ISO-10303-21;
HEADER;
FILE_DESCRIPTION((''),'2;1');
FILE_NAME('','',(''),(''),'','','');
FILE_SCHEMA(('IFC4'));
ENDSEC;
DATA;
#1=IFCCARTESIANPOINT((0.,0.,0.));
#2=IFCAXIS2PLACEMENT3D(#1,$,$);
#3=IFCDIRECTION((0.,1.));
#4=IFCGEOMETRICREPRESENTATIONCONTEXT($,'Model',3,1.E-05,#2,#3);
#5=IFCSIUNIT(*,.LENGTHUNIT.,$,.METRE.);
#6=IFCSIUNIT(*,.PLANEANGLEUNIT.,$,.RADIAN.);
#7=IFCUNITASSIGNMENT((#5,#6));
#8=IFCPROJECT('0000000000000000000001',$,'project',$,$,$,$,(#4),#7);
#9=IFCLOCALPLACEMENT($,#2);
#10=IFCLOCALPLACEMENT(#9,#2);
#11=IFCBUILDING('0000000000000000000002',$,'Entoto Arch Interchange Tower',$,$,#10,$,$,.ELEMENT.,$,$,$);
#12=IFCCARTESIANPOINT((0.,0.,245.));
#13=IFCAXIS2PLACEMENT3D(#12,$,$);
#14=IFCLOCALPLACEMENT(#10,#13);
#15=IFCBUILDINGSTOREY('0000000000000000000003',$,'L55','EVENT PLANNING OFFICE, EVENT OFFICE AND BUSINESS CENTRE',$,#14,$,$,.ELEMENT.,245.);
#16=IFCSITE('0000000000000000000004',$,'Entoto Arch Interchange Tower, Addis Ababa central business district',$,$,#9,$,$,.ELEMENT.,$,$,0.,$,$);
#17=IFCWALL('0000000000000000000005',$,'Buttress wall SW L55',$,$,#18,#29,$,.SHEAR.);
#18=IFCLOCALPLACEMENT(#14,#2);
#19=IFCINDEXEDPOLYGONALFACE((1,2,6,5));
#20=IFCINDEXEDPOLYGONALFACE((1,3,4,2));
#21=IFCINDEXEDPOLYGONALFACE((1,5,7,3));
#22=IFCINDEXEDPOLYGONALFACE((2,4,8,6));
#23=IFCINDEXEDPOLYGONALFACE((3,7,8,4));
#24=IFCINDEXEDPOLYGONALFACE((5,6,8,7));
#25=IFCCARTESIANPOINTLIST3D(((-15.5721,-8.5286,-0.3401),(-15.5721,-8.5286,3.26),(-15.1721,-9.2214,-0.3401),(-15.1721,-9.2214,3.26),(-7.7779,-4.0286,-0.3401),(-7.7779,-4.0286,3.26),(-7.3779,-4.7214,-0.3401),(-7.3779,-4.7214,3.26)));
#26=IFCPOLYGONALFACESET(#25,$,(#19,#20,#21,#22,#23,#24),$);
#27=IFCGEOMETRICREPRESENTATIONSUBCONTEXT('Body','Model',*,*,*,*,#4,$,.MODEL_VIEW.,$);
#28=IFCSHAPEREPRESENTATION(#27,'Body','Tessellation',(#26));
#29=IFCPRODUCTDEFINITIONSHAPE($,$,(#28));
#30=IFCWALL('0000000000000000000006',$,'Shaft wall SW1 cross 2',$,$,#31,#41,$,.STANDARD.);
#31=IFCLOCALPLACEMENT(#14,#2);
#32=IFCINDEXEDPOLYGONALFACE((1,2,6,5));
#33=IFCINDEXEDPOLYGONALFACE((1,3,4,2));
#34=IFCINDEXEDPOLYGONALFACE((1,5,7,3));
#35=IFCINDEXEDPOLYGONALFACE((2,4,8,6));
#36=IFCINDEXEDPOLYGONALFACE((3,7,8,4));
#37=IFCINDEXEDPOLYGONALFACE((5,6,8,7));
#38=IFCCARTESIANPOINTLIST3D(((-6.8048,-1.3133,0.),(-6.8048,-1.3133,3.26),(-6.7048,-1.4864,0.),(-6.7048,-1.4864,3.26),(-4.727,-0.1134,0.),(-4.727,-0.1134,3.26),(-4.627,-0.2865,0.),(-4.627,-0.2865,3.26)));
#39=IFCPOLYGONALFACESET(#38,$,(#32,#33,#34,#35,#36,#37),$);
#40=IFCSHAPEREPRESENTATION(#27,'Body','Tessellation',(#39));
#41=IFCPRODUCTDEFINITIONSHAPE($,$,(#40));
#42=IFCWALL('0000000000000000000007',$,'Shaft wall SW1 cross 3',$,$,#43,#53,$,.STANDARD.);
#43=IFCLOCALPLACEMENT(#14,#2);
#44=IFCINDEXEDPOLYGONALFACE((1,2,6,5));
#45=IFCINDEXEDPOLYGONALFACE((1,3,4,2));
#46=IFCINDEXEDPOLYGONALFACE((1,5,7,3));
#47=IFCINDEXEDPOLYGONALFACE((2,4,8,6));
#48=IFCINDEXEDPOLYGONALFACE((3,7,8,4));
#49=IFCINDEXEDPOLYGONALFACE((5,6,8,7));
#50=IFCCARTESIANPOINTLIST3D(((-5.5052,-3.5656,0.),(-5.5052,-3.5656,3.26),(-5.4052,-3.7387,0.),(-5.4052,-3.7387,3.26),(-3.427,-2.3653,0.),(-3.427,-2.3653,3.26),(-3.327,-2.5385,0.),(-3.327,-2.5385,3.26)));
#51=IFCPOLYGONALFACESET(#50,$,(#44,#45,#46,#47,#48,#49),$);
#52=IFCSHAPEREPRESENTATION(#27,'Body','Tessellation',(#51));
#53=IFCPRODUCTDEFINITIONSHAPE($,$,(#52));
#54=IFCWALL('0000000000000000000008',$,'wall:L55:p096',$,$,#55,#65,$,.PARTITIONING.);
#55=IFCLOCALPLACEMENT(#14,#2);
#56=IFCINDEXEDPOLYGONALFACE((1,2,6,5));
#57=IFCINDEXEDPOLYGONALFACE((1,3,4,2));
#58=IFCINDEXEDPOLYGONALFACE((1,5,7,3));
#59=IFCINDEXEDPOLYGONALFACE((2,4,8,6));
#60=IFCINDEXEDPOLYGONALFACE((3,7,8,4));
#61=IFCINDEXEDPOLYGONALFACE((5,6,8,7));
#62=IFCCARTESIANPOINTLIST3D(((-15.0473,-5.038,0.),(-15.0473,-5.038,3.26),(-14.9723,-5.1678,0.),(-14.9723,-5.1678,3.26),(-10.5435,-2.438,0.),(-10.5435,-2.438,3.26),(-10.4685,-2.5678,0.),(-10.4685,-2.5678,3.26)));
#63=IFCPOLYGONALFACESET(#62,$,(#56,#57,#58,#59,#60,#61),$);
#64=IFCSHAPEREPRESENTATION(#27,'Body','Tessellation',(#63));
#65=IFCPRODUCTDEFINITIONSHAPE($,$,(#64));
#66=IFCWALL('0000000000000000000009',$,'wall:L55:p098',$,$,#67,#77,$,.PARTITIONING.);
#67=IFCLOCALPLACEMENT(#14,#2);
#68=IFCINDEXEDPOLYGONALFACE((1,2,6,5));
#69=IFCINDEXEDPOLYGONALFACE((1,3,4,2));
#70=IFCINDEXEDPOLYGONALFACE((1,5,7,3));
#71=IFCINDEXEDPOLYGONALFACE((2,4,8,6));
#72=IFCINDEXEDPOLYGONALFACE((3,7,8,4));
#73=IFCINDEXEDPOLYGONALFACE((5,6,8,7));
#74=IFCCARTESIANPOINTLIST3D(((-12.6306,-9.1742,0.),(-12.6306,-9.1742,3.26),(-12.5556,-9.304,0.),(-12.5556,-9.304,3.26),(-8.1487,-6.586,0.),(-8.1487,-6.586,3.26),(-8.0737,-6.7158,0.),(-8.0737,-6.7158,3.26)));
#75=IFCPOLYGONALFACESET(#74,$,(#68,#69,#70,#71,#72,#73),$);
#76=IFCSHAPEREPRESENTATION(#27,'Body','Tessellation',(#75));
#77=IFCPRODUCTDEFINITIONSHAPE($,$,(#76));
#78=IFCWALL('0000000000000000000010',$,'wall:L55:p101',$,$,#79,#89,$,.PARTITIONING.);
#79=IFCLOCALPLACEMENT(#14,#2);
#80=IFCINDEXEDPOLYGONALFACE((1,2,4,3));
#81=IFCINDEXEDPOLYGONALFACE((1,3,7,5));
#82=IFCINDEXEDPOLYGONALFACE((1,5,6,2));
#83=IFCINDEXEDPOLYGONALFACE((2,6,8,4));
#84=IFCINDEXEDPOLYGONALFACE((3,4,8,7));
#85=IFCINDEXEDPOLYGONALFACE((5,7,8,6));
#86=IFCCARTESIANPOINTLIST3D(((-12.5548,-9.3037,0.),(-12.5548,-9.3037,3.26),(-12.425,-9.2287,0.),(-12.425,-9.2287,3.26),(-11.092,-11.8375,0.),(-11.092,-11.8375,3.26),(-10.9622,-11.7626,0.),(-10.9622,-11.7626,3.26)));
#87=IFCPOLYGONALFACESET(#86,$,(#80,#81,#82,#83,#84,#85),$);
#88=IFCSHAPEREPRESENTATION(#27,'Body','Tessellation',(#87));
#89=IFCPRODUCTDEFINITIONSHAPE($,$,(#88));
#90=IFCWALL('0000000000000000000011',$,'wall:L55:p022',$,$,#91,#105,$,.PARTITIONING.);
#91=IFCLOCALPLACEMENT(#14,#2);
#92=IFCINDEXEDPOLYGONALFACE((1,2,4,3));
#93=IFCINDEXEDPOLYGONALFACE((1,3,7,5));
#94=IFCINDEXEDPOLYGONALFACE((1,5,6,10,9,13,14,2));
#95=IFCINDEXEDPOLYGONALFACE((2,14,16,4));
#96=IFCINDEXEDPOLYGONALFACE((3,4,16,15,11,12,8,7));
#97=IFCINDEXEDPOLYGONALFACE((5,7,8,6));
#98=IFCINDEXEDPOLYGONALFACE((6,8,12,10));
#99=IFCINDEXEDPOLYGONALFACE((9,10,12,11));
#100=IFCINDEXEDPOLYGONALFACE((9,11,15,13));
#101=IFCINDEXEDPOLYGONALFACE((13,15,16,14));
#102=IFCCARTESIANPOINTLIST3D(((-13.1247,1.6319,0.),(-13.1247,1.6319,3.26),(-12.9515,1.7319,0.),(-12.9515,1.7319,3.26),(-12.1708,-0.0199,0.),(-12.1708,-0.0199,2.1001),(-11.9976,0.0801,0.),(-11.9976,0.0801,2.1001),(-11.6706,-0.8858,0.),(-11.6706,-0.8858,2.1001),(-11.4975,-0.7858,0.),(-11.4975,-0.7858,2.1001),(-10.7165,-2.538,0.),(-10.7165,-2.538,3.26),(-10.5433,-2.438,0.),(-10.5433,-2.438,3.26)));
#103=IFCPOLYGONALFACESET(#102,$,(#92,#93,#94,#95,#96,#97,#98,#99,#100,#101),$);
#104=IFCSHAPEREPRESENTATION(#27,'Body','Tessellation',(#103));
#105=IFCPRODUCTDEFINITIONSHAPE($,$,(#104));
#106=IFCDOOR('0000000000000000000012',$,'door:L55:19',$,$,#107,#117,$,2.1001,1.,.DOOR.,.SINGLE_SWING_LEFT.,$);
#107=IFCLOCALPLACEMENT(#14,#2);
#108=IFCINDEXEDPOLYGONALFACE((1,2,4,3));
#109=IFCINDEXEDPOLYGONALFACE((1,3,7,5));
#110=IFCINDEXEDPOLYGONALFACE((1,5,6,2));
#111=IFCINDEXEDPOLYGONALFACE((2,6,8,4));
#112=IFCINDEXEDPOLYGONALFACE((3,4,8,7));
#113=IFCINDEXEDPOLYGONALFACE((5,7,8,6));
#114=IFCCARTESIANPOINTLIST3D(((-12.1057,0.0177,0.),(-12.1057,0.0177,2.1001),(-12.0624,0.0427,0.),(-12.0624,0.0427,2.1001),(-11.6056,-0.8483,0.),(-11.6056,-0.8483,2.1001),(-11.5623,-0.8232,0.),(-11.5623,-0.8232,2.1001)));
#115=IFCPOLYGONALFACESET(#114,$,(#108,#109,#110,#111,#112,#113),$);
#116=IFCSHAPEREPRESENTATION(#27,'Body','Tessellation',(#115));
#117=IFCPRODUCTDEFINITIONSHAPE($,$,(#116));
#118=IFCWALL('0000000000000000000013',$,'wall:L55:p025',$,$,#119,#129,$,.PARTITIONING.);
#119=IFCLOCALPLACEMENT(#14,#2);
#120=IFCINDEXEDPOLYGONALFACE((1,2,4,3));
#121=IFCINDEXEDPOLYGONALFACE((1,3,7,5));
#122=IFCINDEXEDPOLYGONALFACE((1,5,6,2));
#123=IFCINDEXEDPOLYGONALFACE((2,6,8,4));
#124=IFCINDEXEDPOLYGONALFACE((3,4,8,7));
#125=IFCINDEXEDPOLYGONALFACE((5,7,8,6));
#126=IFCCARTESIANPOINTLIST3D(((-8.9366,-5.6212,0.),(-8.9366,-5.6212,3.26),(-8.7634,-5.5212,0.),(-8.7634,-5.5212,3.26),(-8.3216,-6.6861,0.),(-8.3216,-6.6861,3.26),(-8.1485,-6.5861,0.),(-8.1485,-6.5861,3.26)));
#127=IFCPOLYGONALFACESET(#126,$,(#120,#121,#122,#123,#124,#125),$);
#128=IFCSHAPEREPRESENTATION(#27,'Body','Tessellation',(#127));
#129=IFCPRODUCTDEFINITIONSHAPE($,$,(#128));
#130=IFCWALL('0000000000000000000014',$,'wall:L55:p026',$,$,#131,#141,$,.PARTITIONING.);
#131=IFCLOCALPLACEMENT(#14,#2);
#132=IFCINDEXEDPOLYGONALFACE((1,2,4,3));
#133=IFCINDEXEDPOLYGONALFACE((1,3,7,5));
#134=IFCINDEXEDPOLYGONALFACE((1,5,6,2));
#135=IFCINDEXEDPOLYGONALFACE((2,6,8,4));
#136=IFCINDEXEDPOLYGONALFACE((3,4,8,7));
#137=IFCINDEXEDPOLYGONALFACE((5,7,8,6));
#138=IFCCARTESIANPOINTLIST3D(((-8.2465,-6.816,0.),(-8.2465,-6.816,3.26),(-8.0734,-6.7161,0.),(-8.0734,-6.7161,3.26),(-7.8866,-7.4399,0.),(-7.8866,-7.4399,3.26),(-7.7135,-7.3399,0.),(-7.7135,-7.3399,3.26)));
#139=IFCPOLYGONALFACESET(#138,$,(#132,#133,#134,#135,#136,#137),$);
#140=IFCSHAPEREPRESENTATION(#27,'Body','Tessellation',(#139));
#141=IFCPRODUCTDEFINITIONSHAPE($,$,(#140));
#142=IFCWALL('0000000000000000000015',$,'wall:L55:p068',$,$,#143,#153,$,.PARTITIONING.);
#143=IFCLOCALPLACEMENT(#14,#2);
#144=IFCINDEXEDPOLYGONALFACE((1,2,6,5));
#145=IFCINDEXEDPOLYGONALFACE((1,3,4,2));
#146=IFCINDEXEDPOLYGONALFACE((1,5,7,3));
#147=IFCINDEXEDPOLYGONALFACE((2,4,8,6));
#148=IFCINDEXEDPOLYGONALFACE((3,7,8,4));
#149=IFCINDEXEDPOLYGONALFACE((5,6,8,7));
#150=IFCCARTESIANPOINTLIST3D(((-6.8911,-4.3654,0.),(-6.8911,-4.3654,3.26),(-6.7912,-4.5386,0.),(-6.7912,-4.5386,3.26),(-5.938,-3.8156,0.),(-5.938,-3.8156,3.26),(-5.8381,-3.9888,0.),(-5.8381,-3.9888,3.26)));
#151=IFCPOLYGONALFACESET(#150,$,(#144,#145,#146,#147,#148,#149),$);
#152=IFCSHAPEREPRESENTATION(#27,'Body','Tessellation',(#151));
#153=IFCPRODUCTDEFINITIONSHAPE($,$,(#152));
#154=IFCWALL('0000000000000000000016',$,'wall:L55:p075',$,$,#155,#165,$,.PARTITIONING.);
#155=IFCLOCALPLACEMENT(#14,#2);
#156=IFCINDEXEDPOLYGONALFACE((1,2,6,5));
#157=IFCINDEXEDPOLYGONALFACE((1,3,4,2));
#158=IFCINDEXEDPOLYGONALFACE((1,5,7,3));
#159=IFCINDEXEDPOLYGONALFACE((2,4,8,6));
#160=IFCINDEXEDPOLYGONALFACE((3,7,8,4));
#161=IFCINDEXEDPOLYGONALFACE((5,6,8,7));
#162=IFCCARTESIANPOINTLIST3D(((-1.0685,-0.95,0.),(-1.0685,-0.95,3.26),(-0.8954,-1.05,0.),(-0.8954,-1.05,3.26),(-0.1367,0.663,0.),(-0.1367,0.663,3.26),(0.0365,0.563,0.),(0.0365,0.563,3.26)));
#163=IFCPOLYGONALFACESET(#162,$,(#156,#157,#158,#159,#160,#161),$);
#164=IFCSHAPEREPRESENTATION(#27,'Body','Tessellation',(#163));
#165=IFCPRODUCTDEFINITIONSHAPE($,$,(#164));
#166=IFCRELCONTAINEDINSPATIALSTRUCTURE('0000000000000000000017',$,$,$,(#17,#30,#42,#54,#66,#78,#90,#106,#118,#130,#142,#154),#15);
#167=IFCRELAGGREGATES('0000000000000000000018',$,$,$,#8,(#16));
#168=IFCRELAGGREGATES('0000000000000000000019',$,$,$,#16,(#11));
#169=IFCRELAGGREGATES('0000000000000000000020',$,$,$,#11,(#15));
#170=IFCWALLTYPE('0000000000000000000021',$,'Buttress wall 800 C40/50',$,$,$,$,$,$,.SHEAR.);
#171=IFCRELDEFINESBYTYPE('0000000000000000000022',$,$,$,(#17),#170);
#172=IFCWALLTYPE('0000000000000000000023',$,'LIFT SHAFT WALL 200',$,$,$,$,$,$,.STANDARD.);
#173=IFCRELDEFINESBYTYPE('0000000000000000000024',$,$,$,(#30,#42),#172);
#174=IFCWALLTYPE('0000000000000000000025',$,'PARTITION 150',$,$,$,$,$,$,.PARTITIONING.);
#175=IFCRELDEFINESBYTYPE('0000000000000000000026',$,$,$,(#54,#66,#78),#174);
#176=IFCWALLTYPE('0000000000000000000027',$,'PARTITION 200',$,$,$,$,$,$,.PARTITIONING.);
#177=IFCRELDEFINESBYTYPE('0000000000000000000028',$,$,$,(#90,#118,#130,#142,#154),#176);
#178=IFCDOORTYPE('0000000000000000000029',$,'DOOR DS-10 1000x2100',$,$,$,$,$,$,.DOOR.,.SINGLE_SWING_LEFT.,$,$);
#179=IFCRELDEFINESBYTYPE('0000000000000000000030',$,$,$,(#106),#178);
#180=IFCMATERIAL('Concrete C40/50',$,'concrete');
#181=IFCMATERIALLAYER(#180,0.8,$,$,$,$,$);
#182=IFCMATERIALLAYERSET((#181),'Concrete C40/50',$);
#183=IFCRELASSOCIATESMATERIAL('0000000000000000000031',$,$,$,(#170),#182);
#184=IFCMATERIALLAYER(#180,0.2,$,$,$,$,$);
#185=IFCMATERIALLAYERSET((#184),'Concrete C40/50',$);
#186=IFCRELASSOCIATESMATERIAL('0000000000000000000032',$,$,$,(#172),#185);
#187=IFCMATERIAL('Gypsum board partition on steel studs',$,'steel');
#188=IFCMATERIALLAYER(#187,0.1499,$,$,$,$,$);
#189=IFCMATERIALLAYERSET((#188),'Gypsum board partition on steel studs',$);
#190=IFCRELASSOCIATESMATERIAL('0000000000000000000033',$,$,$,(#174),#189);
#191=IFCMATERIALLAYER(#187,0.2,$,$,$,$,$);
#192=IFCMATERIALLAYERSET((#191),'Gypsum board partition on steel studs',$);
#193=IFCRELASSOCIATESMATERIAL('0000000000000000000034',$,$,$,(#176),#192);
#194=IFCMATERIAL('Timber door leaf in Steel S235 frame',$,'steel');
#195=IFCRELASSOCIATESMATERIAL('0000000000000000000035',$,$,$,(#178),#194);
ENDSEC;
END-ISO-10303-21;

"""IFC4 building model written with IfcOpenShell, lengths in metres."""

from ifc_helpers import new_model, si_unit, direction, frame, frame_2d, origin, place, context, subcontext, project, spatial, rectangle, extrude, material, layer, layer_set, type_object, element, fill, save


model = new_model("IFC4")

# Units and contexts
model_context = context("Model", 3, precision=1e-05, world=origin(), true_north=direction((0.0, 1.0)))
body_context = subcontext(model_context, "Body", "Model", "MODEL_VIEW")
ifc_project = project(units=[si_unit("LENGTHUNIT", "METRE"), si_unit("PLANEANGLEUNIT", "RADIAN")], contexts=[model_context])

# Site, building, storey
site_placement = place(None, origin())
site = spatial("IfcSite", under=ifc_project, at=site_placement, Name="Entoto Arch Interchange Tower, Addis Ababa central business district", CompositionType="ELEMENT", RefElevation=0.0)
building_placement = place(site_placement, origin())
building = spatial("IfcBuilding", under=site, at=building_placement, Name="Entoto Arch Interchange Tower", CompositionType="ELEMENT")
storey_placement = place(building_placement, frame((0.0, 0.0, 245.0)))
storey = spatial("IfcBuildingStorey", under=building, at=storey_placement, Name="L55", Description="EVENT PLANNING OFFICE, EVENT OFFICE AND BUSINESS CENTRE", CompositionType="ELEMENT", Elevation=245.0)

# Walls
ifc_material_1 = material(Name="Concrete C40/50", Category="concrete")
ifc_layer_1 = layer(ifc_material_1, 0.8)
ifc_layer_set_1 = layer_set([ifc_layer_1], Name="Concrete C40/50")
wall_type_1 = type_object("IfcWallType", Name="Buttress wall 800 C40/50", PredefinedType="SHEAR", material=ifc_layer_set_1)
wall_1_placement = place(storey_placement, frame((-7.5779, -4.375, -0.3401), z_axis=(0.0, 0.0, 1.0), x_axis=(-0.866024, -0.500002, 0.0)))
element("IfcWall", 1, at=wall_1_placement, inside=storey, type_object=wall_type_1, Name="Buttress wall SW L55", PredefinedType="SHEAR", context=body_context, shape_type="SweptSolid", body=[
    extrude(rectangle(XDim=9.0, YDim=0.8, at=frame_2d((4.5, 0.0))), origin(), (0.0, 0.0, 1.0), 3.6001),
])
ifc_layer_2 = layer(ifc_material_1, 0.2)
ifc_layer_set_2 = layer_set([ifc_layer_2], Name="Concrete C40/50")
wall_type_2 = type_object("IfcWallType", Name="LIFT SHAFT WALL 200", PredefinedType="STANDARD", material=ifc_layer_set_2)
wall_2_placement = place(storey_placement, frame((-4.677, -0.2, 0.0), z_axis=(0.0, 0.0, 1.0), x_axis=(-0.865974, -0.500089, 0.0)))
element("IfcWall", 2, at=wall_2_placement, inside=storey, type_object=wall_type_2, Name="Shaft wall SW1 cross 2", PredefinedType="STANDARD", context=body_context, shape_type="SweptSolid", body=[
    extrude(rectangle(XDim=2.3994, YDim=0.2, at=frame_2d((1.1997, 0.0))), origin(), (0.0, 0.0, 1.0), 3.26),
])
wall_3_placement = place(storey_placement, frame((-3.377, -2.4519, 0.0), z_axis=(0.0, 0.0, 1.0), x_axis=(-0.865955, -0.500122, 0.0)))
element("IfcWall", 3, at=wall_3_placement, inside=storey, type_object=wall_type_2, Name="Shaft wall SW1 cross 3", PredefinedType="STANDARD", context=body_context, shape_type="SweptSolid", body=[
    extrude(rectangle(XDim=2.3999, YDim=0.2, at=frame_2d((1.2, 0.0))), origin(), (0.0, 0.0, 1.0), 3.26),
])
ifc_material_2 = material(Name="Gypsum board partition on steel studs", Category="steel")
ifc_layer_3 = layer(ifc_material_2, 0.1499)
ifc_layer_set_3 = layer_set([ifc_layer_3], Name="Gypsum board partition on steel studs")
wall_type_3 = type_object("IfcWallType", Name="PARTITION 150", PredefinedType="PARTITIONING", material=ifc_layer_set_3)
wall_4_placement = place(storey_placement, frame((-10.5061, -2.5029, 0.0), z_axis=(0.0, 0.0, 1.0), x_axis=(-0.866045, -0.499966, 0.0)))
element("IfcWall", 4, at=wall_4_placement, inside=storey, type_object=wall_type_3, Name="wall:L55:p096", PredefinedType="PARTITIONING", context=body_context, shape_type="SweptSolid", body=[
    extrude(rectangle(XDim=5.2004, YDim=0.1499, at=frame_2d((2.6001, 0.0))), origin(), (0.0, 0.0, 1.0), 3.26),
])
wall_5_placement = place(storey_placement, frame((-8.1111, -6.6509, 0.0), z_axis=(0.0, 0.0, 1.0), x_axis=(-0.865984, -0.500071, 0.0)))
element("IfcWall", 5, at=wall_5_placement, inside=storey, type_object=wall_type_3, Name="wall:L55:p098", PredefinedType="PARTITIONING", context=body_context, shape_type="SweptSolid", body=[
    extrude(rectangle(XDim=5.1755, YDim=0.1499, at=frame_2d((2.5879, 0.0))), origin(), (0.0, 0.0, 1.0), 3.26),
])
wall_6_placement = place(storey_placement, frame((-11.0271, -11.8, 0.0), z_axis=(0.0, 0.0, 1.0), x_axis=(-0.49998, 0.866037, 0.0)))
element("IfcWall", 6, at=wall_6_placement, inside=storey, type_object=wall_type_3, Name="wall:L55:p101", PredefinedType="PARTITIONING", context=body_context, shape_type="SweptSolid", body=[
    extrude(rectangle(XDim=2.9258, YDim=0.1499, at=frame_2d((1.4629, 0.0))), origin(), (0.0, 0.0, 1.0), 3.26),
])

# Wall, opening, door
ifc_layer_4 = layer(ifc_material_2, 0.2)
ifc_layer_set_4 = layer_set([ifc_layer_4], Name="Gypsum board partition on steel studs")
wall_type_4 = type_object("IfcWallType", Name="PARTITION 200", PredefinedType="PARTITIONING", material=ifc_layer_set_4)
wall_7_placement = place(storey_placement, frame((-10.6299, -2.488, 0.0), z_axis=(0.0, 0.0, 1.0), x_axis=(-0.500109, 0.865963, 0.0)))
wall_7 = element("IfcWall", 7, at=wall_7_placement, inside=storey, type_object=wall_type_4, Name="wall:L55:p022", PredefinedType="PARTITIONING", context=body_context, shape_type="SweptSolid", body=[
    extrude(rectangle(XDim=4.8154, YDim=0.2, at=frame_2d((2.4077, 0.0))), origin(), (0.0, 0.0, 1.0), 3.26),
])
opening_1_placement = place(wall_7_placement, frame((1.908, 0.0, 0.0)))
opening_1 = element("IfcOpeningElement", 8, at=opening_1_placement, cuts=wall_7, PredefinedType="OPENING", context=body_context, shape_type="SweptSolid", body=[
    extrude(rectangle(XDim=1.0, YDim=2.1001, at=frame_2d((0.5, 1.05))), frame((0.0, 0.1099, 0.0), z_axis=(0.0, -1.0, 0.0), x_axis=(1.0, 0.0, 0.0)), (0.0, 0.0, 1.0), 0.22),
])
ifc_material_3 = material(Name="Timber door leaf in Steel S235 frame", Category="steel")
door_type_1 = type_object("IfcDoorType", Name="DOOR DS-10 1000x2100", OperationType="SINGLE_SWING_LEFT", PredefinedType="DOOR", material=ifc_material_3)
door_1_placement = place(opening_1_placement, origin())
door_1 = element("IfcDoor", 9, at=door_1_placement, inside=storey, type_object=door_type_1, Name="door:L55:19", OperationType="SINGLE_SWING_LEFT", OverallHeight=2.1001, OverallWidth=1.0, PredefinedType="DOOR", context=body_context, shape_type="SweptSolid", body=[
    extrude(rectangle(XDim=1.0, YDim=2.1001, at=frame_2d((0.5, 1.05))), frame((0.0, 0.0249, 0.0), z_axis=(0.0, -1.0, 0.0), x_axis=(1.0, 0.0, 0.0)), (0.0, 0.0, 1.0), 0.05),
])
fill(opening_1, door_1)

# Walls
wall_8_placement = place(storey_placement, frame((-8.2351, -6.636, 0.0), z_axis=(0.0, 0.0, 1.0), x_axis=(-0.500089, 0.865974, 0.0)))
element("IfcWall", 10, at=wall_8_placement, inside=storey, type_object=wall_type_4, Name="wall:L55:p025", PredefinedType="PARTITIONING", context=body_context, shape_type="SweptSolid", body=[
    extrude(rectangle(XDim=1.2297, YDim=0.2, at=frame_2d((0.6147, 0.0))), origin(), (0.0, 0.0, 1.0), 3.26),
])
wall_9_placement = place(storey_placement, frame((-7.8, -7.3899, 0.0), z_axis=(0.0, 0.0, 1.0), x_axis=(-0.499713, 0.866191, 0.0)))
element("IfcWall", 11, at=wall_9_placement, inside=storey, type_object=wall_type_4, Name="wall:L55:p026", PredefinedType="PARTITIONING", context=body_context, shape_type="SweptSolid", body=[
    extrude(rectangle(XDim=0.7202, YDim=0.2, at=frame_2d((0.3601, 0.0))), origin(), (0.0, 0.0, 1.0), 3.26),
])
wall_10_placement = place(storey_placement, frame((-5.8879, -3.9021, 0.0), z_axis=(0.0, 0.0, 1.0), x_axis=(-0.866215, -0.499671, 0.0)))
element("IfcWall", 12, at=wall_10_placement, inside=storey, type_object=wall_type_4, Name="wall:L55:p068", PredefinedType="PARTITIONING", context=body_context, shape_type="SweptSolid", body=[
    extrude(rectangle(XDim=1.1003, YDim=0.2, at=frame_2d((0.5503, 0.0))), origin(), (0.0, 0.0, 1.0), 3.26),
])
wall_11_placement = place(storey_placement, frame((-0.9819, -1.0, 0.0), z_axis=(0.0, 0.0, 1.0), x_axis=(0.50024, 0.865887, 0.0)))
element("IfcWall", 13, at=wall_11_placement, inside=storey, type_object=wall_type_4, Name="wall:L55:p075", PredefinedType="PARTITIONING", context=body_context, shape_type="SweptSolid", body=[
    extrude(rectangle(XDim=1.8628, YDim=0.2, at=frame_2d((0.9314, 0.0))), origin(), (0.0, 0.0, 1.0), 3.26),
])

save(model, "model.ifc")
